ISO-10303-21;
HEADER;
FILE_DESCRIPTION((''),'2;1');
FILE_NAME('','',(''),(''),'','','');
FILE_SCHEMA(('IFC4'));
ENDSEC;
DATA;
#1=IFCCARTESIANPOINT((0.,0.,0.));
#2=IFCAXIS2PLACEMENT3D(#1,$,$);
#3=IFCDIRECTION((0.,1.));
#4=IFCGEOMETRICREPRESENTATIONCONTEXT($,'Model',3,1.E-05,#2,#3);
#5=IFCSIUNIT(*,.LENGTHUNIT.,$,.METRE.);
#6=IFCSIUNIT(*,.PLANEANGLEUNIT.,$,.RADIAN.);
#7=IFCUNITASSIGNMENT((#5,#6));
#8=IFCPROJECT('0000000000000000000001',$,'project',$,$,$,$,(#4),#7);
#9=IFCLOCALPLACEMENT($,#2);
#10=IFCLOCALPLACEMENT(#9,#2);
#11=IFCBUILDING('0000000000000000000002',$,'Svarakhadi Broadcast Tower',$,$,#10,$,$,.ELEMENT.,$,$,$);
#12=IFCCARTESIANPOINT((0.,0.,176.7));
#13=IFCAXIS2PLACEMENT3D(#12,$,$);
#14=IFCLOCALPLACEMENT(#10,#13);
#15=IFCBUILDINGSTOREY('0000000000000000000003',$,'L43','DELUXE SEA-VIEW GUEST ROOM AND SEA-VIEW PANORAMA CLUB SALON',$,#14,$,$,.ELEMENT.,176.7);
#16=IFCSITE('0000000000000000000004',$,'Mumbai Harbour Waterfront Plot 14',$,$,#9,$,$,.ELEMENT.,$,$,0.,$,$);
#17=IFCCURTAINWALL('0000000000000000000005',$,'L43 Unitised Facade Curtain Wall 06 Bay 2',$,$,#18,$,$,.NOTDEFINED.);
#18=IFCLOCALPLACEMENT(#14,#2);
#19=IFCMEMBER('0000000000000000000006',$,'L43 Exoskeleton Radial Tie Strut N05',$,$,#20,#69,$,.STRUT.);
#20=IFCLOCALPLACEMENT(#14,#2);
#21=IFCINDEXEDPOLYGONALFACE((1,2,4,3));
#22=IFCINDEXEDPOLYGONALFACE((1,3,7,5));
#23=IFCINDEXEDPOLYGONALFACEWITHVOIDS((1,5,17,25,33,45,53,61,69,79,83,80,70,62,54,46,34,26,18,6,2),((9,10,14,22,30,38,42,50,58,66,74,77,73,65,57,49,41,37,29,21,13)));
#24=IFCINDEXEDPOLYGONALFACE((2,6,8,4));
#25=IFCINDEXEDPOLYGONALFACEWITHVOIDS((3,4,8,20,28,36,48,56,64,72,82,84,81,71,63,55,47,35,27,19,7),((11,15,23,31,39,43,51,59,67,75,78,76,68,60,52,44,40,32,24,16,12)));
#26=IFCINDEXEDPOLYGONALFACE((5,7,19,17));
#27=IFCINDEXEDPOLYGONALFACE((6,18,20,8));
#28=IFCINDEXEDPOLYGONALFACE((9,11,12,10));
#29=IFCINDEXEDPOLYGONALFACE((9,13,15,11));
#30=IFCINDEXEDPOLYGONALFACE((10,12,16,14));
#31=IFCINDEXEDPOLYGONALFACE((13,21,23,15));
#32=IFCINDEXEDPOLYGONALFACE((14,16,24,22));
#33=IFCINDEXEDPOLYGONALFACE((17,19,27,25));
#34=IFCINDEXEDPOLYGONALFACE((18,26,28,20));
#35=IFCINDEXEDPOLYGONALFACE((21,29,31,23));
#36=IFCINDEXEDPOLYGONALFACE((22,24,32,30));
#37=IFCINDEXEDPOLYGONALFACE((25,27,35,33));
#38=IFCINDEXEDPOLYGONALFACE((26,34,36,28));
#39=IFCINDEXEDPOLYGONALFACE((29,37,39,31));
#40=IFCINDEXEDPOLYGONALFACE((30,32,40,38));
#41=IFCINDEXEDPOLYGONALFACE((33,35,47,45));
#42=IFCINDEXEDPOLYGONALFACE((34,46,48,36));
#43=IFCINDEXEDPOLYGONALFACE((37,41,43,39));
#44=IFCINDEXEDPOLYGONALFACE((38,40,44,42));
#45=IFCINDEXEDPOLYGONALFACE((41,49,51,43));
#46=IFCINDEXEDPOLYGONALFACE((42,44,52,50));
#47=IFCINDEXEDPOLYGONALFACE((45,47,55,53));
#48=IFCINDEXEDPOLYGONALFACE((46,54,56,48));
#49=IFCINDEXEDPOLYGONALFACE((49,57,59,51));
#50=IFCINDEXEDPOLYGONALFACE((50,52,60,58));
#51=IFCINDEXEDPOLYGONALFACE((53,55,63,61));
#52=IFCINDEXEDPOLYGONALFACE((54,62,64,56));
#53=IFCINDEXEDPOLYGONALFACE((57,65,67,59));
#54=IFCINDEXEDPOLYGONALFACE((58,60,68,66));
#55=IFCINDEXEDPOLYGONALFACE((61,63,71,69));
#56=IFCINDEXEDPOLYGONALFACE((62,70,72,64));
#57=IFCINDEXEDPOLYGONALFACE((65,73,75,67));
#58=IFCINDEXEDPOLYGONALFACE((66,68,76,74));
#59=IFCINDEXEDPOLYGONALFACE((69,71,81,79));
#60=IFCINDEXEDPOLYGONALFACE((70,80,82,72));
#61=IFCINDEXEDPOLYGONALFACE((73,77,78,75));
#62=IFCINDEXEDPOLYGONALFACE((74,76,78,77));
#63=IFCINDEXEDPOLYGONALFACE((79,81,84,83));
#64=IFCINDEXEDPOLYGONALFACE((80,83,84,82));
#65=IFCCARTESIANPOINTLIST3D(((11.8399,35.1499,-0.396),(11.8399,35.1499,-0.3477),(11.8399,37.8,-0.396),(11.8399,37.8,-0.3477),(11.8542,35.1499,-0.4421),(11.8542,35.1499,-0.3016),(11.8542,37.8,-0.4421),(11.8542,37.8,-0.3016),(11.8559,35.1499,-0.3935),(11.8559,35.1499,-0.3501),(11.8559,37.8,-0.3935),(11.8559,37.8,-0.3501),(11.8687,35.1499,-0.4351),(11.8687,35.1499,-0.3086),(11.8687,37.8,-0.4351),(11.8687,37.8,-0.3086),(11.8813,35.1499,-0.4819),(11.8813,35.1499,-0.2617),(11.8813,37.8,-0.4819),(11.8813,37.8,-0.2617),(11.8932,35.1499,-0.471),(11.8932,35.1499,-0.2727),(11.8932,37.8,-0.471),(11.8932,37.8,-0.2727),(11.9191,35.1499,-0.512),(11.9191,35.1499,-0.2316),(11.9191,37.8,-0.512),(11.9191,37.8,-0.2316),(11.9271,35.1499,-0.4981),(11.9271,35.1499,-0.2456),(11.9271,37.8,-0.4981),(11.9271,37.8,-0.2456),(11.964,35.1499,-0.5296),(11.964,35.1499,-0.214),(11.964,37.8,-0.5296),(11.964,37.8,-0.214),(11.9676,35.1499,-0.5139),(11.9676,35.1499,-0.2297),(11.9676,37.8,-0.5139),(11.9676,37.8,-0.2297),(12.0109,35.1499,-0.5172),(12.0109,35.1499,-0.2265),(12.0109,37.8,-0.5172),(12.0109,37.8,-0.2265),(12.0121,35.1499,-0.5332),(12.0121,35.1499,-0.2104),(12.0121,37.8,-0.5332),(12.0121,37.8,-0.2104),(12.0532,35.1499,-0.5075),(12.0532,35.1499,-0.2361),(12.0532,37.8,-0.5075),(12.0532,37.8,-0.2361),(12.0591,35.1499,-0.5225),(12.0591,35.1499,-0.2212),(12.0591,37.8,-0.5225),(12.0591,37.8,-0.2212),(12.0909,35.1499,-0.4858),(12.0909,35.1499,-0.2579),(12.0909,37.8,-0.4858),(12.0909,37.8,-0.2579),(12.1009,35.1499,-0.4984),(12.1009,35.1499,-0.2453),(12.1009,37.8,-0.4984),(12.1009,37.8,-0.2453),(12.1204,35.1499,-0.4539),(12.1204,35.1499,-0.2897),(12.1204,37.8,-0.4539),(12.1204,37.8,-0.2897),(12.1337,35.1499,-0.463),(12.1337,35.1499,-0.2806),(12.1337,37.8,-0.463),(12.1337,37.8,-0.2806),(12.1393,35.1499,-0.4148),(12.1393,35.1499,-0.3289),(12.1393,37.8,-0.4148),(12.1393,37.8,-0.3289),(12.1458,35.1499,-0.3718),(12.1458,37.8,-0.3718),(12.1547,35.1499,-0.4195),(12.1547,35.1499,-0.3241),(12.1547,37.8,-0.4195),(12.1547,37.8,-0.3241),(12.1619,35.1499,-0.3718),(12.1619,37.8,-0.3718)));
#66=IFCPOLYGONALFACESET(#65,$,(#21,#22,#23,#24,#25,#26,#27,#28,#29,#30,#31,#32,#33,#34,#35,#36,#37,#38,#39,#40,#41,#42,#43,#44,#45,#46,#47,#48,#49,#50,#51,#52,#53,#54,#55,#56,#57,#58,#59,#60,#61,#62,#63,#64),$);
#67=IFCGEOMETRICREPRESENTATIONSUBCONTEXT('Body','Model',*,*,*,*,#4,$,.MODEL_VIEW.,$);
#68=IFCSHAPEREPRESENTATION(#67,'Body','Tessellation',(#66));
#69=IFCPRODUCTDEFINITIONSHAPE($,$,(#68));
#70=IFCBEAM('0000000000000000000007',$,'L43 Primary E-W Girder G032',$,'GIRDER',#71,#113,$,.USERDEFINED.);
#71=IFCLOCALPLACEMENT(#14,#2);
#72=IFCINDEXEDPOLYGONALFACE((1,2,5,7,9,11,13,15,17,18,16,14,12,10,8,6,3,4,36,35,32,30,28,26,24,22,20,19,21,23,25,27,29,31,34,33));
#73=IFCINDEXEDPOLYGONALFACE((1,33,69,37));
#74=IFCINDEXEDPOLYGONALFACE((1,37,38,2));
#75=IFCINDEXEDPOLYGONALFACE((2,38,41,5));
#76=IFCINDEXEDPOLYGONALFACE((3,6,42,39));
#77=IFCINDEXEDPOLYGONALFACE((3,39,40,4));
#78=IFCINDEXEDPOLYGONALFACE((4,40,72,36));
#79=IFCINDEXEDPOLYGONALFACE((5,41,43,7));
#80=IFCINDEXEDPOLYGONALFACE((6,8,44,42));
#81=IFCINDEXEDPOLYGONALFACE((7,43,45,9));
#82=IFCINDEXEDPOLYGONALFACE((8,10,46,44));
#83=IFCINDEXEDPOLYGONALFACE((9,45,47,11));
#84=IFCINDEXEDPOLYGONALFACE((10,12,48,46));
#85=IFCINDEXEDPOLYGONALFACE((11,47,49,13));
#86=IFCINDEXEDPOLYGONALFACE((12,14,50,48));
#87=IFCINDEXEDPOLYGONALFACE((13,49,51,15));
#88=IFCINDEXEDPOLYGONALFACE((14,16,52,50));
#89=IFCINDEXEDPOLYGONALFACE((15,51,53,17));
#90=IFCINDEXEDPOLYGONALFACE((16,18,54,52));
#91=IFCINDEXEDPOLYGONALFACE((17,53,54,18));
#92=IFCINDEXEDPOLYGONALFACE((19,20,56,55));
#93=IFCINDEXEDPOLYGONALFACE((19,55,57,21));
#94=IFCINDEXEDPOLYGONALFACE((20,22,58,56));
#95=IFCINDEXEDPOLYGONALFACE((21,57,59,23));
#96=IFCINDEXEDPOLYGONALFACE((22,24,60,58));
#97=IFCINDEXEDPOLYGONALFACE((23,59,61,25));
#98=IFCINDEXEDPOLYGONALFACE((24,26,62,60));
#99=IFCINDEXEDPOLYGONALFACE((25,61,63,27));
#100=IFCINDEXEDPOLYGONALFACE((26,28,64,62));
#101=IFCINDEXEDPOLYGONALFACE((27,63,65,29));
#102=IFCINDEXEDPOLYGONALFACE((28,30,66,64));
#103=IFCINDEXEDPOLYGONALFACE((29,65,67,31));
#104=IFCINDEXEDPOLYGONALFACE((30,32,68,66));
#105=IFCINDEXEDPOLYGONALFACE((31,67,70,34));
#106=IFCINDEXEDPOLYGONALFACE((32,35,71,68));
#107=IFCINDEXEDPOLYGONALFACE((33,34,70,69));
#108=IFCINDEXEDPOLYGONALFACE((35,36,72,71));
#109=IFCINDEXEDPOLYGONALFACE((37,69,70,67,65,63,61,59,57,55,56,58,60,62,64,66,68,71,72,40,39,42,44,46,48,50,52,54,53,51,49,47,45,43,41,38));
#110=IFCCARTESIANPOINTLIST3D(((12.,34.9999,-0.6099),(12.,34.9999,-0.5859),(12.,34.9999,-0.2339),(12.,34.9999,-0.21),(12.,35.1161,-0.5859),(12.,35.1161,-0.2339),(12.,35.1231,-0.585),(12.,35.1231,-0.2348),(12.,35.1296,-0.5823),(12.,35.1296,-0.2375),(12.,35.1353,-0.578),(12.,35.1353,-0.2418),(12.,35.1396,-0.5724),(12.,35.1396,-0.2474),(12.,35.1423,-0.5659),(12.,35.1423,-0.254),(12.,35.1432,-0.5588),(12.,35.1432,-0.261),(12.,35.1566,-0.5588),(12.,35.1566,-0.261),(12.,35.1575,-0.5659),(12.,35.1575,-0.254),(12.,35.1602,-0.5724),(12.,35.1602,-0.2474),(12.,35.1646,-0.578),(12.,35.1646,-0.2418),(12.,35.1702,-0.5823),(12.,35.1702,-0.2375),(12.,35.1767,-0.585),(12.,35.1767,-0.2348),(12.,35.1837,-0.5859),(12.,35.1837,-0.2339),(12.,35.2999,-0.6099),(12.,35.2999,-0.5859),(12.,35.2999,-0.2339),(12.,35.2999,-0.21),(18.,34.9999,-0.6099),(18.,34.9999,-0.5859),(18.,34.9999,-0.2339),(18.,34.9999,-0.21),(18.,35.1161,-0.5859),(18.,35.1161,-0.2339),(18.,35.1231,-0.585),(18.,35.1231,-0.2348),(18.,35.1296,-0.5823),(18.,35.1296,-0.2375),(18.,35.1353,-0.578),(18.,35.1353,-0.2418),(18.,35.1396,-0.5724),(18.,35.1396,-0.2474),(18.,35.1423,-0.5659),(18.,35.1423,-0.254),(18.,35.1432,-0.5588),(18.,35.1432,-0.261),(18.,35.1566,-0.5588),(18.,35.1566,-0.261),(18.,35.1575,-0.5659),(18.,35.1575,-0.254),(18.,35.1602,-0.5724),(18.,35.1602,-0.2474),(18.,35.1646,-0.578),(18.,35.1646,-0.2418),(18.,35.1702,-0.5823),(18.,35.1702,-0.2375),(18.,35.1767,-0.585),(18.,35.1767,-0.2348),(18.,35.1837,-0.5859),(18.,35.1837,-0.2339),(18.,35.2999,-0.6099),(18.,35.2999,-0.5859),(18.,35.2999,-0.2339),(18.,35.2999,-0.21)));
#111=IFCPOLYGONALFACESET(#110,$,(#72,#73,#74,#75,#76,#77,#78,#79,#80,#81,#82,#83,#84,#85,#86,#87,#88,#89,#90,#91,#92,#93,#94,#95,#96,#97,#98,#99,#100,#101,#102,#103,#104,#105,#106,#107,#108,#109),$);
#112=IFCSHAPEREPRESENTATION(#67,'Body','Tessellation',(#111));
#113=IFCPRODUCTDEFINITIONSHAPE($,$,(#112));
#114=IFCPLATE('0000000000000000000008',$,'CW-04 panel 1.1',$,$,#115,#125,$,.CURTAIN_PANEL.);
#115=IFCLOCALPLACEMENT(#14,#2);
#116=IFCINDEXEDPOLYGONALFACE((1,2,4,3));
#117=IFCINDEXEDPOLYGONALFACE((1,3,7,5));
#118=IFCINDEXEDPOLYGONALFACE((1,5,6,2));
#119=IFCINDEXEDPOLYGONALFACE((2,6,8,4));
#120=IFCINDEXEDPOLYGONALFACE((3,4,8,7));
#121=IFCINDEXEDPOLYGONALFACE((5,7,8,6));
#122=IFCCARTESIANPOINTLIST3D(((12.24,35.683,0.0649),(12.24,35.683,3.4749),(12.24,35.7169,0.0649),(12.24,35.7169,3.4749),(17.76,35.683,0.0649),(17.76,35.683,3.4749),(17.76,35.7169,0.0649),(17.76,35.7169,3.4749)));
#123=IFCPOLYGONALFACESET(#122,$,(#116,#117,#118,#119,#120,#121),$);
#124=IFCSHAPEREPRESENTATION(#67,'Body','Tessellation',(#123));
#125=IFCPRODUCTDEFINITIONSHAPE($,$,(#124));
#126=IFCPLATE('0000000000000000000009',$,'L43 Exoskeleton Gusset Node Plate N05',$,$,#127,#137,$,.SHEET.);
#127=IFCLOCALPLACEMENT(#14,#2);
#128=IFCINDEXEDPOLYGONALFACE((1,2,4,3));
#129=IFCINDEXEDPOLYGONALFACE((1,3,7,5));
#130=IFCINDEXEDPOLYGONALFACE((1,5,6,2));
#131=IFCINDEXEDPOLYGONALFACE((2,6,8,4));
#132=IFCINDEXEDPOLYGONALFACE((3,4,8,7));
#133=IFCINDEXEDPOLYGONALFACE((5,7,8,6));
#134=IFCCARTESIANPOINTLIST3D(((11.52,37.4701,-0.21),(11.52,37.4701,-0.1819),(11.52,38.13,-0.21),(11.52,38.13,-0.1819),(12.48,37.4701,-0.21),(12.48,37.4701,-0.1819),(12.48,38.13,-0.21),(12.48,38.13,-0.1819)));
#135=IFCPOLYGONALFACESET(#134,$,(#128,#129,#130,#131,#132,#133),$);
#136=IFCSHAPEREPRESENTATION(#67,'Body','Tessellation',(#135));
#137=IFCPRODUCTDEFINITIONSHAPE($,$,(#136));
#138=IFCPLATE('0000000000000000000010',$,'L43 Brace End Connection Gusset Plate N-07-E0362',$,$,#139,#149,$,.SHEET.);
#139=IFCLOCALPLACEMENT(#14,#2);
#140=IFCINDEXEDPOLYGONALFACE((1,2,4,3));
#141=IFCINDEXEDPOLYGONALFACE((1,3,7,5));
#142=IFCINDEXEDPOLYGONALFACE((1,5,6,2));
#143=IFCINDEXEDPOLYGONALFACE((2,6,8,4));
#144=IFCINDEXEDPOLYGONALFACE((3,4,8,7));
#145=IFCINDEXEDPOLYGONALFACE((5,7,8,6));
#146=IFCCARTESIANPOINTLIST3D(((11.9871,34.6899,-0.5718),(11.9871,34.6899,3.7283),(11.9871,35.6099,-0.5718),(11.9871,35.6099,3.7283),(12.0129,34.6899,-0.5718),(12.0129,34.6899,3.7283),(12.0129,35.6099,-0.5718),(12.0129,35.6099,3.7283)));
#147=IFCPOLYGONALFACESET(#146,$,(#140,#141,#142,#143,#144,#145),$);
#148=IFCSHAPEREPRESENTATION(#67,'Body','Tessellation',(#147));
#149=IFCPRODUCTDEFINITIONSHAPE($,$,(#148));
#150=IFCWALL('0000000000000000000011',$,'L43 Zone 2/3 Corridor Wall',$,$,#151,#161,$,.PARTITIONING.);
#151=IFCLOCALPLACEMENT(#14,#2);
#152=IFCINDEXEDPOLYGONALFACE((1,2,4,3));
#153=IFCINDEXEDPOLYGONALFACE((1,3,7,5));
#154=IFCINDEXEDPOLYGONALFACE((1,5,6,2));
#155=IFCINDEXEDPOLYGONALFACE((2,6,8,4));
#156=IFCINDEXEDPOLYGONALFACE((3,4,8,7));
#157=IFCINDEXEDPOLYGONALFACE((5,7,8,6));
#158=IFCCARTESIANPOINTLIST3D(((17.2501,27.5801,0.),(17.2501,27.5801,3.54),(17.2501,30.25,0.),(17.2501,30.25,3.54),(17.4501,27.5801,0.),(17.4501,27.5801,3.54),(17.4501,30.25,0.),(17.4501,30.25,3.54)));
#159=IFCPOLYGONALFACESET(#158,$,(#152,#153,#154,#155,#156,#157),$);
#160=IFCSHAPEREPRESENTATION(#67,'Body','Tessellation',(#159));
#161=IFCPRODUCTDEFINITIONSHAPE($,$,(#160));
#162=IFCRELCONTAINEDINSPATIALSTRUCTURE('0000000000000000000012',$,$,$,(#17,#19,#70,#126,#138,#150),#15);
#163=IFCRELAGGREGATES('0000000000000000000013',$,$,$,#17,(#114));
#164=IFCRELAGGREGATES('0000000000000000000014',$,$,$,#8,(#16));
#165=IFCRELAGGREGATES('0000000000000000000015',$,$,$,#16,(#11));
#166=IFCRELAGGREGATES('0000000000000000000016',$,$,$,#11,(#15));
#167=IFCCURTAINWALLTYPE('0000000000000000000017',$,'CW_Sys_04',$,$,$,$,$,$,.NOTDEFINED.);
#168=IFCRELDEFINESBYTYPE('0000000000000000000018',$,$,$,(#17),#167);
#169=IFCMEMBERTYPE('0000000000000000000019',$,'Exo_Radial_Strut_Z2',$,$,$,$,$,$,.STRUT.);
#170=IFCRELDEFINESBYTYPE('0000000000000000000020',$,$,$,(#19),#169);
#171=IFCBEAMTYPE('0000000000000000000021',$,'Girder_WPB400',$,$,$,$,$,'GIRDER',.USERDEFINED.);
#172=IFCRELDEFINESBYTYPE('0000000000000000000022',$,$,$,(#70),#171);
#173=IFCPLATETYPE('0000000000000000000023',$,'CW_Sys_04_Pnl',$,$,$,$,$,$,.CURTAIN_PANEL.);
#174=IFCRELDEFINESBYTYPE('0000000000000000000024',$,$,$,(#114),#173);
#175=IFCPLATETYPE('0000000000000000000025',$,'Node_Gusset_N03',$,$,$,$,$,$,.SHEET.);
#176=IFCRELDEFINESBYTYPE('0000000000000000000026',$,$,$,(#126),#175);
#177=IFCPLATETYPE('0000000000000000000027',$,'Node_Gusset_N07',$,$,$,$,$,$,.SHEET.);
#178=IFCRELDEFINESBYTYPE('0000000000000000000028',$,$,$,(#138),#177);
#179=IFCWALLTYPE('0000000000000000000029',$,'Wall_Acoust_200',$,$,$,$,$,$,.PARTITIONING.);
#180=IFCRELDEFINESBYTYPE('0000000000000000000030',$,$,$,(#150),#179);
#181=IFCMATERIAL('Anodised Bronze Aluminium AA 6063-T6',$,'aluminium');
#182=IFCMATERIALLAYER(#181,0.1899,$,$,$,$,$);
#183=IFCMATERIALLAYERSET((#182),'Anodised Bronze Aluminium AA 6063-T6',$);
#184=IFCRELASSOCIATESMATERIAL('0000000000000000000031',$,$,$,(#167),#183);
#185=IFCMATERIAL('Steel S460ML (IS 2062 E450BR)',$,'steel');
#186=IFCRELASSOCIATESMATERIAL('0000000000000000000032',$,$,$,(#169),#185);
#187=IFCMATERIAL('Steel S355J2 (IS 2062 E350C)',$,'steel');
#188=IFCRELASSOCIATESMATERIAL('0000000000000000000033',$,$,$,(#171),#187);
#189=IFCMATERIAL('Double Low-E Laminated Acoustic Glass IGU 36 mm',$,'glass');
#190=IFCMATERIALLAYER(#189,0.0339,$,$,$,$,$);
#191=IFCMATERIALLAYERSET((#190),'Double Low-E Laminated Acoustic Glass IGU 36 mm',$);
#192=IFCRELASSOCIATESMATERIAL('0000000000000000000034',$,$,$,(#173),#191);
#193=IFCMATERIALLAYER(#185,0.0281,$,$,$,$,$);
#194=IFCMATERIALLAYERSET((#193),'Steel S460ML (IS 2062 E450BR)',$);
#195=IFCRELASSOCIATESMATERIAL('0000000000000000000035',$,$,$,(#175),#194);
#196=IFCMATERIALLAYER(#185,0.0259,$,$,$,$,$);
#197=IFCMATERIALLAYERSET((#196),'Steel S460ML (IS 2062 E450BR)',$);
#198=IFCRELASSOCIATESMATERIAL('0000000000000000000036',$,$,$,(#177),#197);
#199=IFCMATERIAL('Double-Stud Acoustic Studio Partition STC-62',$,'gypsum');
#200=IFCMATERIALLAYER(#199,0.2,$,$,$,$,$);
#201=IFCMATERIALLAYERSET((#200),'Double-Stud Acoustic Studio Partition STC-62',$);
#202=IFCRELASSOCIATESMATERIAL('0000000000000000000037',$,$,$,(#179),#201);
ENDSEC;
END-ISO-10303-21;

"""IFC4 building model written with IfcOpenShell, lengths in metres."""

from ifc_helpers import new_model, si_unit, direction, frame, frame_2d, origin, origin_2d, place, context, subcontext, project, spatial, rectangle, hollow_circle, i_section, extrude, material, layer, layer_set, material_profile, profile_set, type_object, element, aggregate, save


model = new_model("IFC4")

# Units and contexts
model_context = context("Model", 3, precision=1e-05, world=origin(), true_north=direction((0.0, 1.0)))
body_context = subcontext(model_context, "Body", "Model", "MODEL_VIEW")
ifc_project = project(units=[si_unit("LENGTHUNIT", "METRE"), si_unit("PLANEANGLEUNIT", "RADIAN")], contexts=[model_context])

# Site, building, storey
site_placement = place(None, origin())
site = spatial("IfcSite", under=ifc_project, at=site_placement, Name="Mumbai Harbour Waterfront Plot 14", CompositionType="ELEMENT", RefElevation=0.0)
building_placement = place(site_placement, origin())
building = spatial("IfcBuilding", under=site, at=building_placement, Name="Svarakhadi Broadcast Tower", CompositionType="ELEMENT")
storey_placement = place(building_placement, frame((0.0, 0.0, 176.7)))
storey = spatial("IfcBuildingStorey", under=building, at=storey_placement, Name="L43", Description="DELUXE SEA-VIEW GUEST ROOM AND SEA-VIEW PANORAMA CLUB SALON", CompositionType="ELEMENT", Elevation=176.7)

# Shared definitions
ifc_material_1 = material(Name="Steel S460ML (IS 2062 E450BR)", Category="steel")

# Shared definitions
ifc_material_2 = material(Name="Steel S355J2 (IS 2062 E350C)", Category="steel")

# Shared definitions
ifc_material_3 = material(Name="Anodised Bronze Aluminium AA 6063-T6", Category="aluminium")
ifc_layer_1 = layer(ifc_material_3, 0.1899)
ifc_layer_set_1 = layer_set([ifc_layer_1], Name="Anodised Bronze Aluminium AA 6063-T6")
curtain_wall_type = type_object("IfcCurtainWallType", Name="CW_Sys_04", PredefinedType="NOTDEFINED", material=ifc_layer_set_1)

# Curtain wall
curtain_wall_1_placement = place(storey_placement, origin())
curtain_wall_1 = element("IfcCurtainWall", 1, at=curtain_wall_1_placement, inside=storey, type_object=curtain_wall_type, Name="L43 Unitised Facade Curtain Wall 06 Bay 2", PredefinedType="NOTDEFINED")

# Member
ifc_material_profile_1 = material_profile(ifc_material_1, hollow_circle(Radius=0.1619, WallThickness=0.0161, at=origin_2d()), Name="CHS 323.9x16")
ifc_profile_set_1 = profile_set([ifc_material_profile_1], Name="Steel S460ML (IS 2062 E450BR)")
member_type_1 = type_object("IfcMemberType", Name="Exo_Radial_Strut_Z2", PredefinedType="STRUT", material=ifc_profile_set_1)
member_1_placement = place(storey_placement, frame((12.0, 37.8, -0.3718), z_axis=(0.0, -1.0, 0.0), x_axis=(1.0, 0.0, 0.0)))
element("IfcMember", 2, at=member_1_placement, inside=storey, type_object=member_type_1, Name="L43 Exoskeleton Radial Tie Strut N05", PredefinedType="STRUT", context=body_context, shape_type="SweptSolid", body=[
    extrude(hollow_circle(Radius=0.1619, WallThickness=0.0161, at=origin_2d()), origin(), (0.0, 0.0, 1.0), 2.6501),
])

# Beam
ifc_material_profile_2 = material_profile(ifc_material_2, i_section(OverallWidth=0.3, OverallDepth=0.3999, WebThickness=0.0134, FlangeThickness=0.0239, FilletRadius=0.0271, at=origin_2d()), Name="WPB 400x300x155")
ifc_profile_set_2 = profile_set([ifc_material_profile_2], Name="Steel S355J2 (IS 2062 E350C)")
beam_type_1 = type_object("IfcBeamType", Name="Girder_WPB400", ElementType="GIRDER", PredefinedType="USERDEFINED", material=ifc_profile_set_2)
beam_1_placement = place(storey_placement, frame((12.0, 35.1499, -0.4099), z_axis=(1.0, 0.0, 0.0), x_axis=(0.0, 1.0, 0.0)))
element("IfcBeam", 3, at=beam_1_placement, inside=storey, type_object=beam_type_1, Name="L43 Primary E-W Girder G032", ObjectType="GIRDER", PredefinedType="USERDEFINED", context=body_context, shape_type="SweptSolid", body=[
    extrude(i_section(OverallWidth=0.3, OverallDepth=0.3999, WebThickness=0.0134, FlangeThickness=0.0239, FilletRadius=0.0271, at=origin_2d()), origin(), (0.0, 0.0, 1.0), 6.0),
])

# Plate
ifc_material_4 = material(Name="Double Low-E Laminated Acoustic Glass IGU 36 mm", Category="glass")
ifc_layer_2 = layer(ifc_material_4, 0.0339)
ifc_layer_set_2 = layer_set([ifc_layer_2], Name="Double Low-E Laminated Acoustic Glass IGU 36 mm")
plate_type_1 = type_object("IfcPlateType", Name="CW_Sys_04_Pnl", PredefinedType="CURTAIN_PANEL", material=ifc_layer_set_2)
plate_1_placement = place(storey_placement, frame((15.0, 35.7, 0.0649), z_axis=(0.0, 0.0, 1.0), x_axis=(1.0, 0.0, 0.0)))
plate_1 = element("IfcPlate", 4, at=plate_1_placement, type_object=plate_type_1, Name="CW-04 panel 1.1", PredefinedType="CURTAIN_PANEL", context=body_context, shape_type="SweptSolid", body=[
    extrude(rectangle(XDim=5.52, YDim=0.0339, at=origin_2d()), origin(), (0.0, 0.0, 1.0), 3.4099),
])
aggregate(curtain_wall_1, [plate_1])

# Plates
ifc_layer_3 = layer(ifc_material_1, 0.0281)
ifc_layer_set_3 = layer_set([ifc_layer_3], Name="Steel S460ML (IS 2062 E450BR)")
plate_type_2 = type_object("IfcPlateType", Name="Node_Gusset_N03", PredefinedType="SHEET", material=ifc_layer_set_3)
plate_2_placement = place(storey_placement, frame((12.0, 37.8, -0.21), z_axis=(0.0, 0.0, 1.0), x_axis=(1.0, 0.0, 0.0)))
element("IfcPlate", 5, at=plate_2_placement, inside=storey, type_object=plate_type_2, Name="L43 Exoskeleton Gusset Node Plate N05", PredefinedType="SHEET", context=body_context, shape_type="SweptSolid", body=[
    extrude(rectangle(XDim=0.96, YDim=0.6599, at=origin_2d()), origin(), (0.0, 0.0, 1.0), 0.0281),
])
ifc_layer_4 = layer(ifc_material_1, 0.0259)
ifc_layer_set_4 = layer_set([ifc_layer_4], Name="Steel S460ML (IS 2062 E450BR)")
plate_type_3 = type_object("IfcPlateType", Name="Node_Gusset_N07", PredefinedType="SHEET", material=ifc_layer_set_4)
plate_3_placement = place(storey_placement, frame((12.0, 35.1499, -0.5718), z_axis=(0.0, 0.0, 1.0), x_axis=(0.0, 1.0, 0.0)))
element("IfcPlate", 6, at=plate_3_placement, inside=storey, type_object=plate_type_3, Name="L43 Brace End Connection Gusset Plate N-07-E0362", PredefinedType="SHEET", context=body_context, shape_type="SweptSolid", body=[
    extrude(rectangle(XDim=0.9199, YDim=0.0259, at=origin_2d()), origin(), (0.0, 0.0, 1.0), 4.3),
])

# Wall
ifc_material_5 = material(Name="Double-Stud Acoustic Studio Partition STC-62", Category="gypsum")
ifc_layer_5 = layer(ifc_material_5, 0.2)
ifc_layer_set_5 = layer_set([ifc_layer_5], Name="Double-Stud Acoustic Studio Partition STC-62")
wall_type_1 = type_object("IfcWallType", Name="Wall_Acoust_200", PredefinedType="PARTITIONING", material=ifc_layer_set_5)
wall_1_placement = place(storey_placement, frame((17.3501, 30.25, 0.0), z_axis=(0.0, 0.0, 1.0), x_axis=(0.0, -1.0, 0.0)))
element("IfcWall", 7, at=wall_1_placement, inside=storey, type_object=wall_type_1, Name="L43 Zone 2/3 Corridor Wall", PredefinedType="PARTITIONING", context=body_context, shape_type="SweptSolid", body=[
    extrude(rectangle(XDim=2.6699, YDim=0.2, at=frame_2d((1.335, 0.0))), origin(), (0.0, 0.0, 1.0), 3.54),
])

save(model, "model.ifc")
